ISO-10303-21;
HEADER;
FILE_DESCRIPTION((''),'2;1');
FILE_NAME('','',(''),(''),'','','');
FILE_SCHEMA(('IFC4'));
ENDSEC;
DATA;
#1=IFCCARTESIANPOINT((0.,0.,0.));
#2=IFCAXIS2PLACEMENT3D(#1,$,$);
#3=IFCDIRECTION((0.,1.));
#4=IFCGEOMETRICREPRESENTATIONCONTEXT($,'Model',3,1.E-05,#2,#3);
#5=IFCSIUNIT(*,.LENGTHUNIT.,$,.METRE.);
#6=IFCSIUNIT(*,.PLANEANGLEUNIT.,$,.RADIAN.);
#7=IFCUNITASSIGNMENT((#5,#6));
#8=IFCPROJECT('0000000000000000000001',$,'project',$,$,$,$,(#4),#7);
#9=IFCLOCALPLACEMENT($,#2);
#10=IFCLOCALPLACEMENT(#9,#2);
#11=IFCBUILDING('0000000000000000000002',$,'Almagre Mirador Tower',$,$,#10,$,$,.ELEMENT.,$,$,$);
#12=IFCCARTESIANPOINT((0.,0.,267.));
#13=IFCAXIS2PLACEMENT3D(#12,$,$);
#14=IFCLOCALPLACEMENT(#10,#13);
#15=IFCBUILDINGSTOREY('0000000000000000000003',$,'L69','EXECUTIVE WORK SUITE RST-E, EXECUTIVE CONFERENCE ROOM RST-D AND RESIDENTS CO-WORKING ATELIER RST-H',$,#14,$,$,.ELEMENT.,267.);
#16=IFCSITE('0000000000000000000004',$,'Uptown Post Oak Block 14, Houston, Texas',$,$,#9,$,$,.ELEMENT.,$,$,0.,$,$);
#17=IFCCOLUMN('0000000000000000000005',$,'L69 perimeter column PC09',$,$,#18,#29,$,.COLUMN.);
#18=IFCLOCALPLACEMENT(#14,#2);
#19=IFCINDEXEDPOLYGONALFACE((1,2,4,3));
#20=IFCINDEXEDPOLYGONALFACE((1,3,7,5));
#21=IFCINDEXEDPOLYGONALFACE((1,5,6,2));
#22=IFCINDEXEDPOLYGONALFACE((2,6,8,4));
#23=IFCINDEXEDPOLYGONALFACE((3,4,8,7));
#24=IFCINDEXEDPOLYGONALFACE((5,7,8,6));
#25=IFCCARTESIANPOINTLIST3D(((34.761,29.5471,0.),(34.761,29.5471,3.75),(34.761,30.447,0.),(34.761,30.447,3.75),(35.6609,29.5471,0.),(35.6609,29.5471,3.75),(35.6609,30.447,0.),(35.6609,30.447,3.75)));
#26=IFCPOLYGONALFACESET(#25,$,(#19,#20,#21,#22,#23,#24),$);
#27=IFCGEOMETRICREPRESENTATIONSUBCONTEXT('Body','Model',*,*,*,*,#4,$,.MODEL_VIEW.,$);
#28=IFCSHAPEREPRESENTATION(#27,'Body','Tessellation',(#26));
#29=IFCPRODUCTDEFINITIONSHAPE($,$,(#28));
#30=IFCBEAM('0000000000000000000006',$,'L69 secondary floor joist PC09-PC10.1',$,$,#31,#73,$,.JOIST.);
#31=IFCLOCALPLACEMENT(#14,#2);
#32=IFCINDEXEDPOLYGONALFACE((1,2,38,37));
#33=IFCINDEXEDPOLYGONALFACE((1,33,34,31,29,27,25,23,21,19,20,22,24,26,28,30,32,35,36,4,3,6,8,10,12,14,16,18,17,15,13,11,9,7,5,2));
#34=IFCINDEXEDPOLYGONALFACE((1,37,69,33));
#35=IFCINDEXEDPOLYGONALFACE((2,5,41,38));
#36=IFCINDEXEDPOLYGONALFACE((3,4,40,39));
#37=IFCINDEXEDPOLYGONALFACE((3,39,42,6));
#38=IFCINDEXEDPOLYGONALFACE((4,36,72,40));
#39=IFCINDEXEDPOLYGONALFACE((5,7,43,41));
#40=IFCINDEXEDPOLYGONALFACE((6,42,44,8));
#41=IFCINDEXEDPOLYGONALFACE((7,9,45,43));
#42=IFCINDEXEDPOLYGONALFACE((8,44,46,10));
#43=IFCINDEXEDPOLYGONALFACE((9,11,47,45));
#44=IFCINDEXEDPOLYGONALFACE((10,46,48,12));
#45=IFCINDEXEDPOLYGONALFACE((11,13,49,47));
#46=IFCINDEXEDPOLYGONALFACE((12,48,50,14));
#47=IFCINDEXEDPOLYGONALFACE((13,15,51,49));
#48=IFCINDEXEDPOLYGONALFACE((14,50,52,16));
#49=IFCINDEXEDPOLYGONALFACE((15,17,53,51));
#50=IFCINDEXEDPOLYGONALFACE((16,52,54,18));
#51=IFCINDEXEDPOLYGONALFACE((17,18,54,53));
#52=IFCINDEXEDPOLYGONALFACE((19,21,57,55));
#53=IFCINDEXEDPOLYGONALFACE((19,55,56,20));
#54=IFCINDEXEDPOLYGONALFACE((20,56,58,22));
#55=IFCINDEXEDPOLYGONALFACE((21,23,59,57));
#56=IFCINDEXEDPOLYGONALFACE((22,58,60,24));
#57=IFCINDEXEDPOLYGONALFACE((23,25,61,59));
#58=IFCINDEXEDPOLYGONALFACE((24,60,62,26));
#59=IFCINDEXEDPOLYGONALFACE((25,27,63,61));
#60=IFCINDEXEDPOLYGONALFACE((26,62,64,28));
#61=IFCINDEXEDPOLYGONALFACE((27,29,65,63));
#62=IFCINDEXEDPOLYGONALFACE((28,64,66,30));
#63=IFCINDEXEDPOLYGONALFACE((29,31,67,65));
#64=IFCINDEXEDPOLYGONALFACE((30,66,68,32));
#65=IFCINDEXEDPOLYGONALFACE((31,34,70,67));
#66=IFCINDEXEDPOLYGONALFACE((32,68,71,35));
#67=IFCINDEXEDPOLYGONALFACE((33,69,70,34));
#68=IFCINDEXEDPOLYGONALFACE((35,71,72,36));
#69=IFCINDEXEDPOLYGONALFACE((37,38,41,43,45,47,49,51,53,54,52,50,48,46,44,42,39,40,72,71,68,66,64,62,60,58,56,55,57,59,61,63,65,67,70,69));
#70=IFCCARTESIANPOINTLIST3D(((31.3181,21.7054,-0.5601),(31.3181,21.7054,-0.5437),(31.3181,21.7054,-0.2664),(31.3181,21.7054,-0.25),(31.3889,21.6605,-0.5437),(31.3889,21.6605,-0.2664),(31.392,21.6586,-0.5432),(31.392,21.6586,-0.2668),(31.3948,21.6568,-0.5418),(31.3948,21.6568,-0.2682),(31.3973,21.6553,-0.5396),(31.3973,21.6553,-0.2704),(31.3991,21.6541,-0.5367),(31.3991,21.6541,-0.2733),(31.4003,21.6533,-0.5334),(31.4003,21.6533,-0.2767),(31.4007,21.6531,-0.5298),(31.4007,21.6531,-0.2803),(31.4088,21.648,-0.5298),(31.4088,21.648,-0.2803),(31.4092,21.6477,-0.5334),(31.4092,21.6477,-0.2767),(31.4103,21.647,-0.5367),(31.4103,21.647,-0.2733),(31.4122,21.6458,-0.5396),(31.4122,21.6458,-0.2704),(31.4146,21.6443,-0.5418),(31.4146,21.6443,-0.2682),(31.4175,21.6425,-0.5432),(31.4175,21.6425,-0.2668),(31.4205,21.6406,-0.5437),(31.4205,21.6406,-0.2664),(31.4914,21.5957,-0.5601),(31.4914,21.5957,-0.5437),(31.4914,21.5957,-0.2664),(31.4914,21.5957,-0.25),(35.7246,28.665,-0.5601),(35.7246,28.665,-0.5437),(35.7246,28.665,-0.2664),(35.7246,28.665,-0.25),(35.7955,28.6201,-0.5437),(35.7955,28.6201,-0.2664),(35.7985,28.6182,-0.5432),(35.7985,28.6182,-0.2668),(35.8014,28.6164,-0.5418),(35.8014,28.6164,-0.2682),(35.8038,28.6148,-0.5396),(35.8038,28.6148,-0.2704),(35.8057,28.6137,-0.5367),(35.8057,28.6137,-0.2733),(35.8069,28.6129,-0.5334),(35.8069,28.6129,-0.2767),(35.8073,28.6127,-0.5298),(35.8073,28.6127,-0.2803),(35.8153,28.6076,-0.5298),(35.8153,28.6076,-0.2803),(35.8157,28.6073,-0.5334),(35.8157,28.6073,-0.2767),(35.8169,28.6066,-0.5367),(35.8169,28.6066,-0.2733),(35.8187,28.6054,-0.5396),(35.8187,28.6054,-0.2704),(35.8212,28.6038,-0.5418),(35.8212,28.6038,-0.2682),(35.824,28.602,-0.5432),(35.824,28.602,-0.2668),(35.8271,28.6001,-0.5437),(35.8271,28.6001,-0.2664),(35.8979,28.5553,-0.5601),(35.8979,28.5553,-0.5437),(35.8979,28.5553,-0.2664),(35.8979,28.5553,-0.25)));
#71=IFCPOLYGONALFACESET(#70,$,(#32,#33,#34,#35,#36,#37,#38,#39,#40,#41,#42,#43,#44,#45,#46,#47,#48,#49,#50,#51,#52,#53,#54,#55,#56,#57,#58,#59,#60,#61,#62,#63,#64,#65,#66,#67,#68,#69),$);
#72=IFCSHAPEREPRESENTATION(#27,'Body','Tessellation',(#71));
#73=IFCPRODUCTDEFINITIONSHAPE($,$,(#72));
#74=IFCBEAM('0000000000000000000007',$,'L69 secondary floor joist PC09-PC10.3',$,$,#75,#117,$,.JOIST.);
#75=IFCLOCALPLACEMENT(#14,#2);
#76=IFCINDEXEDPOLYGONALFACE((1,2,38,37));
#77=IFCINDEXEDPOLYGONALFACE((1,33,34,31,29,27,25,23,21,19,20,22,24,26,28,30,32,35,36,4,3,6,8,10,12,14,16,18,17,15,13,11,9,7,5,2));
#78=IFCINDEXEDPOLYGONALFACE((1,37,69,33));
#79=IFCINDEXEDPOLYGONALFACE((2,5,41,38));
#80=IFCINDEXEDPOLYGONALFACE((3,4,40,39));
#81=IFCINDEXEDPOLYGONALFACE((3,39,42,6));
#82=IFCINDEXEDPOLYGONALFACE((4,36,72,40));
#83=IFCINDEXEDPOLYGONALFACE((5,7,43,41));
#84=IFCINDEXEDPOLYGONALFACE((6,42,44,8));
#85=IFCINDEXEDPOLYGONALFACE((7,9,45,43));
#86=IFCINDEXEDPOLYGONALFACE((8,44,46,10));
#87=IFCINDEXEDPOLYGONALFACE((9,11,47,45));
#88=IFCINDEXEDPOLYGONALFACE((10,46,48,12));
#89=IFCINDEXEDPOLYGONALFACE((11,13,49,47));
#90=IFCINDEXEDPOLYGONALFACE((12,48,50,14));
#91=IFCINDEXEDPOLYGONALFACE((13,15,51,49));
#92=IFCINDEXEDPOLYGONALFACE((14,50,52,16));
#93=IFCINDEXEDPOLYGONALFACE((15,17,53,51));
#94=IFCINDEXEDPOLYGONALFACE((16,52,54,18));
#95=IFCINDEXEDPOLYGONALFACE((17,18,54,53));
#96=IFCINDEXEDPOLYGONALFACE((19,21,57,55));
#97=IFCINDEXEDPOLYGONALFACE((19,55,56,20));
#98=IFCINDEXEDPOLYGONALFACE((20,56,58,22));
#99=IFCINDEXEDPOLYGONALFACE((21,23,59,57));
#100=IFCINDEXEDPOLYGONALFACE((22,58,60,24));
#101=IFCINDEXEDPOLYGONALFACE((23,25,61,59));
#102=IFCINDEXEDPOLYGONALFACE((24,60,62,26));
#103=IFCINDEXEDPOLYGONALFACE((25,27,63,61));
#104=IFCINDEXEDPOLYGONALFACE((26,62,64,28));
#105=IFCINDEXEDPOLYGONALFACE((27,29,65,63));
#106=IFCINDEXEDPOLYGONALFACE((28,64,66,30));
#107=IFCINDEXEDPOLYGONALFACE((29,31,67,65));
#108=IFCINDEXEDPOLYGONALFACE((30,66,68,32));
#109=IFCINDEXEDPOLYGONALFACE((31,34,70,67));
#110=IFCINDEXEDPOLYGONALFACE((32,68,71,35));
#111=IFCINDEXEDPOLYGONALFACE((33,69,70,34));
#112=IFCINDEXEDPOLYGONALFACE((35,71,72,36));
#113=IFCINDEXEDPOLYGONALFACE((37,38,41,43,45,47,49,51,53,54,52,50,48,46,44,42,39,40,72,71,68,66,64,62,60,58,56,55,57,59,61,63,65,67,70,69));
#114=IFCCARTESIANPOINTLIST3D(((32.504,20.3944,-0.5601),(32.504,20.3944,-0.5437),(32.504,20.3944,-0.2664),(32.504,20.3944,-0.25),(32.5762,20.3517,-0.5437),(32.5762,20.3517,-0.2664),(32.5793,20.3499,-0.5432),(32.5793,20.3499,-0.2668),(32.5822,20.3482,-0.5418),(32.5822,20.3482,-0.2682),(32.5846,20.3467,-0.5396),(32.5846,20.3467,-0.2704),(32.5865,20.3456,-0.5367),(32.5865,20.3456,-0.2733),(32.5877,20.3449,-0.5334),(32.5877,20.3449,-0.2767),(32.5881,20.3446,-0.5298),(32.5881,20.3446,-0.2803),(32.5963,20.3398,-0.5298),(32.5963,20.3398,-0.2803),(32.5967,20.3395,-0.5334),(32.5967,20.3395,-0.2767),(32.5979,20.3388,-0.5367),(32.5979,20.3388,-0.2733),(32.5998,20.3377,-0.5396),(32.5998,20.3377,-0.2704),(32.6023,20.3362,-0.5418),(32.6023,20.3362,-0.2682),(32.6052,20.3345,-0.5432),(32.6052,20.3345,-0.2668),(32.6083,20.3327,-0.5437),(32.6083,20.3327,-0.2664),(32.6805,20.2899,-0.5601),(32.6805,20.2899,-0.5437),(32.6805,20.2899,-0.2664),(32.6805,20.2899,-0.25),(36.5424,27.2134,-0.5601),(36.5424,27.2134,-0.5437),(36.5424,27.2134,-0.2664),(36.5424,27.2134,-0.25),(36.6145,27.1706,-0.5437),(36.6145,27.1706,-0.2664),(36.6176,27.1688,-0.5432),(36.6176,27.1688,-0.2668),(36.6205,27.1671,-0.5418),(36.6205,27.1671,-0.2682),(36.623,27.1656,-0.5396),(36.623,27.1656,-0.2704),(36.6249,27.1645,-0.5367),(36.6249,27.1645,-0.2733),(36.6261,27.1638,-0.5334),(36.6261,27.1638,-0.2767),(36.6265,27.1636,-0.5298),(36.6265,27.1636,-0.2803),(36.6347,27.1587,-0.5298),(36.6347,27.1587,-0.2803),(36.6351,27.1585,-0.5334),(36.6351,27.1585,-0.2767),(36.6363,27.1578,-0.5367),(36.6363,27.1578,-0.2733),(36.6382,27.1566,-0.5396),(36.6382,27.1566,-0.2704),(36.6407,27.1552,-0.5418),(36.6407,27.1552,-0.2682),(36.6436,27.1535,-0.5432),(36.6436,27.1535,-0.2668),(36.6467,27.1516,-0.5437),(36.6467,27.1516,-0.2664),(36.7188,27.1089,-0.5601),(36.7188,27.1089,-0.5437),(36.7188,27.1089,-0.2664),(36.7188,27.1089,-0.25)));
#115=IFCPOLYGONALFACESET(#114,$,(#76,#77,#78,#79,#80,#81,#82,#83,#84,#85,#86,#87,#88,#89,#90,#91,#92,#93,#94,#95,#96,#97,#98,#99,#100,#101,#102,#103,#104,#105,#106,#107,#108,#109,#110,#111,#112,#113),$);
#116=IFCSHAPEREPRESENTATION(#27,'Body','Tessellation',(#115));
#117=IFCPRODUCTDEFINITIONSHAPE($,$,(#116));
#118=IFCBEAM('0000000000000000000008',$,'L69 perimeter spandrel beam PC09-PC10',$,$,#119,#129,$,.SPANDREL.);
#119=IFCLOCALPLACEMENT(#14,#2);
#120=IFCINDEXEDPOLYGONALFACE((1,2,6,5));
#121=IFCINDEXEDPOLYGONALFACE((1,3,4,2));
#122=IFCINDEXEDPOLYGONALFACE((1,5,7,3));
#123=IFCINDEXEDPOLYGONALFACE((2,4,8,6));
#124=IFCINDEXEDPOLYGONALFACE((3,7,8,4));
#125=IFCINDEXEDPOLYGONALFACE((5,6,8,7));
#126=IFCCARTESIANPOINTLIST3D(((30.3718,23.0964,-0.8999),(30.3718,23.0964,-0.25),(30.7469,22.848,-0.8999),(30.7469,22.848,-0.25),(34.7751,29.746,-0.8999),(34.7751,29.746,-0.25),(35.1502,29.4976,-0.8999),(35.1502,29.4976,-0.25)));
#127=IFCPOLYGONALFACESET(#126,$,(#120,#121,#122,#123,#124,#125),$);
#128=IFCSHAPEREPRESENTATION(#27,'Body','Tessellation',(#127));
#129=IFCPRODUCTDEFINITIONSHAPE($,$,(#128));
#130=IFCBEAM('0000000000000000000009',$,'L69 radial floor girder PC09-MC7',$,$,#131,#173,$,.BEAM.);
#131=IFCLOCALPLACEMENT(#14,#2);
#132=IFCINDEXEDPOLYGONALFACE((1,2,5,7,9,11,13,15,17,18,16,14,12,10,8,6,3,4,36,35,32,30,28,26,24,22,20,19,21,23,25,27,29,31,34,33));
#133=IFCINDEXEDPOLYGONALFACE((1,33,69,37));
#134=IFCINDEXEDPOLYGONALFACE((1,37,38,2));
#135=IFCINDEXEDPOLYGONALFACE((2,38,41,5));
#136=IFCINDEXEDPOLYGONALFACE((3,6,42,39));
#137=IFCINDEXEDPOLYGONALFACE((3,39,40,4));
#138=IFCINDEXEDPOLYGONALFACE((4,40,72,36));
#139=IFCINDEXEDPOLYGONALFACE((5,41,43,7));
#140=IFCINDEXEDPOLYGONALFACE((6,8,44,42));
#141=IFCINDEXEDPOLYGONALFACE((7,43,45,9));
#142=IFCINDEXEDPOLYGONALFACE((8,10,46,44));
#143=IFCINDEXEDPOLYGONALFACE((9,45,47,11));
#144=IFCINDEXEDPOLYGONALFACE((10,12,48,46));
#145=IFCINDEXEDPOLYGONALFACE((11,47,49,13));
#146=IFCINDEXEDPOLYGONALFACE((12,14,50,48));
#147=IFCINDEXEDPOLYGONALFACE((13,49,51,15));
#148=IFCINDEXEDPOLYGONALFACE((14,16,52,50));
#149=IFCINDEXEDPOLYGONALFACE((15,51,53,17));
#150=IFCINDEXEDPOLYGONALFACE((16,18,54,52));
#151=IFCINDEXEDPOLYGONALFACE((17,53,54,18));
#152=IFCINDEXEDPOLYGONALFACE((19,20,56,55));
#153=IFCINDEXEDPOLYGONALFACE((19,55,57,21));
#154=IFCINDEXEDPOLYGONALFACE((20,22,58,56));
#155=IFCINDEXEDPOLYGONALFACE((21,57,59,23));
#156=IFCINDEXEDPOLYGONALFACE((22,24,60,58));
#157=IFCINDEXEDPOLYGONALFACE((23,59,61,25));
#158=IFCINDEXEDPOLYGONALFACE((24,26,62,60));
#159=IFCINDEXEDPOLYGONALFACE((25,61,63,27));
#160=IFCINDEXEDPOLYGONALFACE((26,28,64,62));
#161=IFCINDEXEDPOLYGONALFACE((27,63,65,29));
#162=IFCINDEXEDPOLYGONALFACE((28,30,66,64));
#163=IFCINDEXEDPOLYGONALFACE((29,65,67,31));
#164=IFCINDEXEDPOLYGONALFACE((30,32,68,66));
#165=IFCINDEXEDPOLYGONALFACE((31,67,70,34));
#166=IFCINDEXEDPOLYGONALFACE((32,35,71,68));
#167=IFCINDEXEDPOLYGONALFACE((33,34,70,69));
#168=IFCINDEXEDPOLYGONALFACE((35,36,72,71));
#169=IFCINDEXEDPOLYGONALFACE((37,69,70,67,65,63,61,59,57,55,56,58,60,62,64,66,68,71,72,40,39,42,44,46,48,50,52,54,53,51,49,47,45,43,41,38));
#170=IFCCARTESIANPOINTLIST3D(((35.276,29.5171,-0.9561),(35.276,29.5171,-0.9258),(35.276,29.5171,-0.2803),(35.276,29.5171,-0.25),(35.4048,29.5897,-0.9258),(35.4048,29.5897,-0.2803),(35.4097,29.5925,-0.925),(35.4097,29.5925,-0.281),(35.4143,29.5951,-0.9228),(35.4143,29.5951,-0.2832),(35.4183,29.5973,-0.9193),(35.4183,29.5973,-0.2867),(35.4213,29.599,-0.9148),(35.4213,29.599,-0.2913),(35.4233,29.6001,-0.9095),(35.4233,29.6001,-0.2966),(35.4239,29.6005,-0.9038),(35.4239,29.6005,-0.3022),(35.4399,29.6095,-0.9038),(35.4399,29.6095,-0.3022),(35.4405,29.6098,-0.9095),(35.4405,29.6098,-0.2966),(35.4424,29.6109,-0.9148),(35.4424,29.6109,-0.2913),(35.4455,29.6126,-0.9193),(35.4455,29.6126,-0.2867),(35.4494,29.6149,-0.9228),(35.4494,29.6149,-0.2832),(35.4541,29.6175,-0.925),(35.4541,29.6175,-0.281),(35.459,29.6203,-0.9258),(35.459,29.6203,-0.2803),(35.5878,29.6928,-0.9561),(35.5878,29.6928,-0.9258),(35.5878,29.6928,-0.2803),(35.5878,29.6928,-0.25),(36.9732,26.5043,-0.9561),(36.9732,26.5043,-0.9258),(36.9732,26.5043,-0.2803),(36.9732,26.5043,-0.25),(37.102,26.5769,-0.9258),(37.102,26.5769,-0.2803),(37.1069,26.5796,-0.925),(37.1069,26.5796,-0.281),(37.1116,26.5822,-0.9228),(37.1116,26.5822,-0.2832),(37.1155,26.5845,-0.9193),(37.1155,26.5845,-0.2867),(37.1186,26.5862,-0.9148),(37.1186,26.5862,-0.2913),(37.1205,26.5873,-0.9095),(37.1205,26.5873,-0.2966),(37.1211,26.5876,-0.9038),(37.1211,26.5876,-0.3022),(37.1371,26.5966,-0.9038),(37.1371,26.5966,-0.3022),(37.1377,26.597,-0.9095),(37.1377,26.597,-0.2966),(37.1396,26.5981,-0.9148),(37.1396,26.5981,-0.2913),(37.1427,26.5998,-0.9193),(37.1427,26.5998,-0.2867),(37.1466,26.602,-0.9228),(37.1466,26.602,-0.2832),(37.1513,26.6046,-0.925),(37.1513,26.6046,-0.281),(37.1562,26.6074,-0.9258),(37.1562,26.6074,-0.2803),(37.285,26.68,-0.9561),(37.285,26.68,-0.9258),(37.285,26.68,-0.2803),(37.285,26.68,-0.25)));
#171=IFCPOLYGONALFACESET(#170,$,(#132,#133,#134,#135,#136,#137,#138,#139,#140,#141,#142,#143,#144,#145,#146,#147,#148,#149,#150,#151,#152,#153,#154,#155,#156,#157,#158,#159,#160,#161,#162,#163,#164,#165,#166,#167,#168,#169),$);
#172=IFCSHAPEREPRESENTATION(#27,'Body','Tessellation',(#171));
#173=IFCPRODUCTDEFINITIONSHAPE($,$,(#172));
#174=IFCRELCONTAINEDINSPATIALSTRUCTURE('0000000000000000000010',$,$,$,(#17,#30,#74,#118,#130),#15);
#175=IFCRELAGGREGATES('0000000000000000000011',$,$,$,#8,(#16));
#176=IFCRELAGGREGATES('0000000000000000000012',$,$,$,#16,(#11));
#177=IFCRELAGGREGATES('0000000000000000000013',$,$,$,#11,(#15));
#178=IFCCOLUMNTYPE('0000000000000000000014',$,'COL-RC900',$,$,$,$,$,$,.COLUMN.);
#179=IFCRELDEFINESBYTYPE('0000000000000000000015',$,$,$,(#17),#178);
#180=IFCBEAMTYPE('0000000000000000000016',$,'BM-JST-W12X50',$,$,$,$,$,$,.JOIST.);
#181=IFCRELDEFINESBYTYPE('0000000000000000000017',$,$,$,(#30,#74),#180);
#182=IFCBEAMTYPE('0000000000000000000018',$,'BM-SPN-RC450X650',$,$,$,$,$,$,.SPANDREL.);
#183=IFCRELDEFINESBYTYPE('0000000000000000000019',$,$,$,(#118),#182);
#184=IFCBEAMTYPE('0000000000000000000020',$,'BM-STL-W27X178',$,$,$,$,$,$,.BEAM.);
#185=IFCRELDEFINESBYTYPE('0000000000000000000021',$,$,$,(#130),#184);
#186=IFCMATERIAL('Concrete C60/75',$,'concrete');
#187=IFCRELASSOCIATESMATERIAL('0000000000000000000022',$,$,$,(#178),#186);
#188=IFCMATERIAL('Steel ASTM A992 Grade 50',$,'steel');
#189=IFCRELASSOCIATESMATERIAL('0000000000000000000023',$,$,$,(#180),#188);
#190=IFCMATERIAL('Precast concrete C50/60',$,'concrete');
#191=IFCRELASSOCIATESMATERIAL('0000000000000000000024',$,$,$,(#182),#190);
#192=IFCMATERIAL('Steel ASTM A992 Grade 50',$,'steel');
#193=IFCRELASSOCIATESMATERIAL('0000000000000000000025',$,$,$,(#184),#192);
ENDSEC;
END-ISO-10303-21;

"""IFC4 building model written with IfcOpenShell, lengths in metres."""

from ifc_helpers import new_model, si_unit, direction, frame, origin, origin_2d, place, context, subcontext, project, spatial, rectangle, i_section, extrude, material, material_profile, profile_set, type_object, element, save


model = new_model("IFC4")

# Units and contexts
model_context = context("Model", 3, precision=1e-05, world=origin(), true_north=direction((0.0, 1.0)))
body_context = subcontext(model_context, "Body", "Model", "MODEL_VIEW")
ifc_project = project(units=[si_unit("LENGTHUNIT", "METRE"), si_unit("PLANEANGLEUNIT", "RADIAN")], contexts=[model_context])

# Site, building, storey
site_placement = place(None, origin())
site = spatial("IfcSite", under=ifc_project, at=site_placement, Name="Uptown Post Oak Block 14, Houston, Texas", CompositionType="ELEMENT", RefElevation=0.0)
building_placement = place(site_placement, origin())
building = spatial("IfcBuilding", under=site, at=building_placement, Name="Almagre Mirador Tower", CompositionType="ELEMENT")
storey_placement = place(building_placement, frame((0.0, 0.0, 267.0)))
storey = spatial("IfcBuildingStorey", under=building, at=storey_placement, Name="L69", Description="EXECUTIVE WORK SUITE RST-E, EXECUTIVE CONFERENCE ROOM RST-D AND RESIDENTS CO-WORKING ATELIER RST-H", CompositionType="ELEMENT", Elevation=267.0)

# Column
ifc_material_1 = material(Name="Concrete C60/75", Category="concrete")
ifc_material_profile_1 = material_profile(ifc_material_1, rectangle(XDim=0.8999, YDim=0.8999, at=origin_2d()), Name="RC900X900")
ifc_profile_set_1 = profile_set([ifc_material_profile_1], Name="Concrete C60/75")
column_type = type_object("IfcColumnType", Name="COL-RC900", PredefinedType="COLUMN", material=ifc_profile_set_1)
column_placement = place(storey_placement, frame((35.2109, 29.9971, 0.0), z_axis=(0.0, 0.0, 1.0), x_axis=(1.0, 0.0, 0.0)))
element("IfcColumn", 1, at=column_placement, inside=storey, type_object=column_type, Name="L69 perimeter column PC09", PredefinedType="COLUMN", context=body_context, shape_type="SweptSolid", body=[
    extrude(rectangle(XDim=0.8999, YDim=0.8999, at=origin_2d()), origin(), (0.0, 0.0, 1.0), 3.75),
])

# Beams
ifc_material_2 = material(Name="Steel ASTM A992 Grade 50", Category="steel")
ifc_material_profile_2 = material_profile(ifc_material_2, i_section(OverallWidth=0.2051, OverallDepth=0.3101, WebThickness=0.0095, FlangeThickness=0.0164, FilletRadius=0.0139, at=origin_2d()), Name="W12X50")
ifc_profile_set_2 = profile_set([ifc_material_profile_2], Name="Steel ASTM A992 Grade 50")
beam_type_1 = type_object("IfcBeamType", Name="BM-JST-W12X50", PredefinedType="JOIST", material=ifc_profile_set_2)
beam_1_placement = place(storey_placement, frame((35.8113, 28.6101, -0.405), z_axis=(-0.534951, -0.844883, 0.0), x_axis=(0.844883, -0.534951, 0.0)))
element("IfcBeam", 2, at=beam_1_placement, inside=storey, type_object=beam_type_1, Name="L69 secondary floor joist PC09-PC10.1", PredefinedType="JOIST", context=body_context, shape_type="SweptSolid", body=[
    extrude(i_section(OverallWidth=0.2051, OverallDepth=0.3101, WebThickness=0.0095, FlangeThickness=0.0164, FilletRadius=0.0139, at=origin_2d()), origin(), (0.0, 0.0, 1.0), 8.2373),
])
beam_2_placement = place(storey_placement, frame((36.6306, 27.1611, -0.405), z_axis=(-0.509572, -0.860428, 0.0), x_axis=(0.860428, -0.509572, 0.0)))
element("IfcBeam", 3, at=beam_2_placement, inside=storey, type_object=beam_type_1, Name="L69 secondary floor joist PC09-PC10.3", PredefinedType="JOIST", context=body_context, shape_type="SweptSolid", body=[
    extrude(i_section(OverallWidth=0.2051, OverallDepth=0.3101, WebThickness=0.0095, FlangeThickness=0.0164, FilletRadius=0.0139, at=origin_2d()), origin(), (0.0, 0.0, 1.0), 7.925),
])
ifc_material_3 = material(Name="Precast concrete C50/60", Category="concrete")
ifc_material_profile_3 = material_profile(ifc_material_3, rectangle(XDim=0.45, YDim=0.6499, at=origin_2d()), Name="RC450X650")
ifc_profile_set_3 = profile_set([ifc_material_profile_3], Name="Precast concrete C50/60")
beam_type_2 = type_object("IfcBeamType", Name="BM-SPN-RC450X650", PredefinedType="SPANDREL", material=ifc_profile_set_3)
beam_3_placement = place(storey_placement, frame((34.9626, 29.6218, -0.575), z_axis=(-0.552112, -0.83377, 0.0), x_axis=(0.83377, -0.552112, 0.0)))
element("IfcBeam", 4, at=beam_3_placement, inside=storey, type_object=beam_type_2, Name="L69 perimeter spandrel beam PC09-PC10", PredefinedType="SPANDREL", context=body_context, shape_type="SweptSolid", body=[
    extrude(rectangle(XDim=0.45, YDim=0.6499, at=origin_2d()), origin(), (0.0, 0.0, 1.0), 7.9753),
])
ifc_material_4 = material(Name="Steel ASTM A992 Grade 50", Category="steel")
ifc_material_profile_4 = material_profile(ifc_material_4, i_section(OverallWidth=0.3579, OverallDepth=0.7061, WebThickness=0.0183, FlangeThickness=0.0303, FilletRadius=0.022, at=origin_2d()), Name="W27X178")
ifc_profile_set_4 = profile_set([ifc_material_profile_4], Name="Steel ASTM A992 Grade 50")
beam_type_3 = type_object("IfcBeamType", Name="BM-STL-W27X178", PredefinedType="BEAM", material=ifc_profile_set_4)
beam_4_placement = place(storey_placement, frame((35.4319, 29.605, -0.603), z_axis=(0.490808, -0.871268, 0.0), x_axis=(0.871268, 0.490808, 0.0)))
element("IfcBeam", 5, at=beam_4_placement, inside=storey, type_object=beam_type_3, Name="L69 radial floor girder PC09-MC7", PredefinedType="BEAM", context=body_context, shape_type="SweptSolid", body=[
    extrude(i_section(OverallWidth=0.3579, OverallDepth=0.7061, WebThickness=0.0183, FlangeThickness=0.0303, FilletRadius=0.022, at=origin_2d()), origin(), (0.0, 0.0, 1.0), 3.458),
])

save(model, "model.ifc")
